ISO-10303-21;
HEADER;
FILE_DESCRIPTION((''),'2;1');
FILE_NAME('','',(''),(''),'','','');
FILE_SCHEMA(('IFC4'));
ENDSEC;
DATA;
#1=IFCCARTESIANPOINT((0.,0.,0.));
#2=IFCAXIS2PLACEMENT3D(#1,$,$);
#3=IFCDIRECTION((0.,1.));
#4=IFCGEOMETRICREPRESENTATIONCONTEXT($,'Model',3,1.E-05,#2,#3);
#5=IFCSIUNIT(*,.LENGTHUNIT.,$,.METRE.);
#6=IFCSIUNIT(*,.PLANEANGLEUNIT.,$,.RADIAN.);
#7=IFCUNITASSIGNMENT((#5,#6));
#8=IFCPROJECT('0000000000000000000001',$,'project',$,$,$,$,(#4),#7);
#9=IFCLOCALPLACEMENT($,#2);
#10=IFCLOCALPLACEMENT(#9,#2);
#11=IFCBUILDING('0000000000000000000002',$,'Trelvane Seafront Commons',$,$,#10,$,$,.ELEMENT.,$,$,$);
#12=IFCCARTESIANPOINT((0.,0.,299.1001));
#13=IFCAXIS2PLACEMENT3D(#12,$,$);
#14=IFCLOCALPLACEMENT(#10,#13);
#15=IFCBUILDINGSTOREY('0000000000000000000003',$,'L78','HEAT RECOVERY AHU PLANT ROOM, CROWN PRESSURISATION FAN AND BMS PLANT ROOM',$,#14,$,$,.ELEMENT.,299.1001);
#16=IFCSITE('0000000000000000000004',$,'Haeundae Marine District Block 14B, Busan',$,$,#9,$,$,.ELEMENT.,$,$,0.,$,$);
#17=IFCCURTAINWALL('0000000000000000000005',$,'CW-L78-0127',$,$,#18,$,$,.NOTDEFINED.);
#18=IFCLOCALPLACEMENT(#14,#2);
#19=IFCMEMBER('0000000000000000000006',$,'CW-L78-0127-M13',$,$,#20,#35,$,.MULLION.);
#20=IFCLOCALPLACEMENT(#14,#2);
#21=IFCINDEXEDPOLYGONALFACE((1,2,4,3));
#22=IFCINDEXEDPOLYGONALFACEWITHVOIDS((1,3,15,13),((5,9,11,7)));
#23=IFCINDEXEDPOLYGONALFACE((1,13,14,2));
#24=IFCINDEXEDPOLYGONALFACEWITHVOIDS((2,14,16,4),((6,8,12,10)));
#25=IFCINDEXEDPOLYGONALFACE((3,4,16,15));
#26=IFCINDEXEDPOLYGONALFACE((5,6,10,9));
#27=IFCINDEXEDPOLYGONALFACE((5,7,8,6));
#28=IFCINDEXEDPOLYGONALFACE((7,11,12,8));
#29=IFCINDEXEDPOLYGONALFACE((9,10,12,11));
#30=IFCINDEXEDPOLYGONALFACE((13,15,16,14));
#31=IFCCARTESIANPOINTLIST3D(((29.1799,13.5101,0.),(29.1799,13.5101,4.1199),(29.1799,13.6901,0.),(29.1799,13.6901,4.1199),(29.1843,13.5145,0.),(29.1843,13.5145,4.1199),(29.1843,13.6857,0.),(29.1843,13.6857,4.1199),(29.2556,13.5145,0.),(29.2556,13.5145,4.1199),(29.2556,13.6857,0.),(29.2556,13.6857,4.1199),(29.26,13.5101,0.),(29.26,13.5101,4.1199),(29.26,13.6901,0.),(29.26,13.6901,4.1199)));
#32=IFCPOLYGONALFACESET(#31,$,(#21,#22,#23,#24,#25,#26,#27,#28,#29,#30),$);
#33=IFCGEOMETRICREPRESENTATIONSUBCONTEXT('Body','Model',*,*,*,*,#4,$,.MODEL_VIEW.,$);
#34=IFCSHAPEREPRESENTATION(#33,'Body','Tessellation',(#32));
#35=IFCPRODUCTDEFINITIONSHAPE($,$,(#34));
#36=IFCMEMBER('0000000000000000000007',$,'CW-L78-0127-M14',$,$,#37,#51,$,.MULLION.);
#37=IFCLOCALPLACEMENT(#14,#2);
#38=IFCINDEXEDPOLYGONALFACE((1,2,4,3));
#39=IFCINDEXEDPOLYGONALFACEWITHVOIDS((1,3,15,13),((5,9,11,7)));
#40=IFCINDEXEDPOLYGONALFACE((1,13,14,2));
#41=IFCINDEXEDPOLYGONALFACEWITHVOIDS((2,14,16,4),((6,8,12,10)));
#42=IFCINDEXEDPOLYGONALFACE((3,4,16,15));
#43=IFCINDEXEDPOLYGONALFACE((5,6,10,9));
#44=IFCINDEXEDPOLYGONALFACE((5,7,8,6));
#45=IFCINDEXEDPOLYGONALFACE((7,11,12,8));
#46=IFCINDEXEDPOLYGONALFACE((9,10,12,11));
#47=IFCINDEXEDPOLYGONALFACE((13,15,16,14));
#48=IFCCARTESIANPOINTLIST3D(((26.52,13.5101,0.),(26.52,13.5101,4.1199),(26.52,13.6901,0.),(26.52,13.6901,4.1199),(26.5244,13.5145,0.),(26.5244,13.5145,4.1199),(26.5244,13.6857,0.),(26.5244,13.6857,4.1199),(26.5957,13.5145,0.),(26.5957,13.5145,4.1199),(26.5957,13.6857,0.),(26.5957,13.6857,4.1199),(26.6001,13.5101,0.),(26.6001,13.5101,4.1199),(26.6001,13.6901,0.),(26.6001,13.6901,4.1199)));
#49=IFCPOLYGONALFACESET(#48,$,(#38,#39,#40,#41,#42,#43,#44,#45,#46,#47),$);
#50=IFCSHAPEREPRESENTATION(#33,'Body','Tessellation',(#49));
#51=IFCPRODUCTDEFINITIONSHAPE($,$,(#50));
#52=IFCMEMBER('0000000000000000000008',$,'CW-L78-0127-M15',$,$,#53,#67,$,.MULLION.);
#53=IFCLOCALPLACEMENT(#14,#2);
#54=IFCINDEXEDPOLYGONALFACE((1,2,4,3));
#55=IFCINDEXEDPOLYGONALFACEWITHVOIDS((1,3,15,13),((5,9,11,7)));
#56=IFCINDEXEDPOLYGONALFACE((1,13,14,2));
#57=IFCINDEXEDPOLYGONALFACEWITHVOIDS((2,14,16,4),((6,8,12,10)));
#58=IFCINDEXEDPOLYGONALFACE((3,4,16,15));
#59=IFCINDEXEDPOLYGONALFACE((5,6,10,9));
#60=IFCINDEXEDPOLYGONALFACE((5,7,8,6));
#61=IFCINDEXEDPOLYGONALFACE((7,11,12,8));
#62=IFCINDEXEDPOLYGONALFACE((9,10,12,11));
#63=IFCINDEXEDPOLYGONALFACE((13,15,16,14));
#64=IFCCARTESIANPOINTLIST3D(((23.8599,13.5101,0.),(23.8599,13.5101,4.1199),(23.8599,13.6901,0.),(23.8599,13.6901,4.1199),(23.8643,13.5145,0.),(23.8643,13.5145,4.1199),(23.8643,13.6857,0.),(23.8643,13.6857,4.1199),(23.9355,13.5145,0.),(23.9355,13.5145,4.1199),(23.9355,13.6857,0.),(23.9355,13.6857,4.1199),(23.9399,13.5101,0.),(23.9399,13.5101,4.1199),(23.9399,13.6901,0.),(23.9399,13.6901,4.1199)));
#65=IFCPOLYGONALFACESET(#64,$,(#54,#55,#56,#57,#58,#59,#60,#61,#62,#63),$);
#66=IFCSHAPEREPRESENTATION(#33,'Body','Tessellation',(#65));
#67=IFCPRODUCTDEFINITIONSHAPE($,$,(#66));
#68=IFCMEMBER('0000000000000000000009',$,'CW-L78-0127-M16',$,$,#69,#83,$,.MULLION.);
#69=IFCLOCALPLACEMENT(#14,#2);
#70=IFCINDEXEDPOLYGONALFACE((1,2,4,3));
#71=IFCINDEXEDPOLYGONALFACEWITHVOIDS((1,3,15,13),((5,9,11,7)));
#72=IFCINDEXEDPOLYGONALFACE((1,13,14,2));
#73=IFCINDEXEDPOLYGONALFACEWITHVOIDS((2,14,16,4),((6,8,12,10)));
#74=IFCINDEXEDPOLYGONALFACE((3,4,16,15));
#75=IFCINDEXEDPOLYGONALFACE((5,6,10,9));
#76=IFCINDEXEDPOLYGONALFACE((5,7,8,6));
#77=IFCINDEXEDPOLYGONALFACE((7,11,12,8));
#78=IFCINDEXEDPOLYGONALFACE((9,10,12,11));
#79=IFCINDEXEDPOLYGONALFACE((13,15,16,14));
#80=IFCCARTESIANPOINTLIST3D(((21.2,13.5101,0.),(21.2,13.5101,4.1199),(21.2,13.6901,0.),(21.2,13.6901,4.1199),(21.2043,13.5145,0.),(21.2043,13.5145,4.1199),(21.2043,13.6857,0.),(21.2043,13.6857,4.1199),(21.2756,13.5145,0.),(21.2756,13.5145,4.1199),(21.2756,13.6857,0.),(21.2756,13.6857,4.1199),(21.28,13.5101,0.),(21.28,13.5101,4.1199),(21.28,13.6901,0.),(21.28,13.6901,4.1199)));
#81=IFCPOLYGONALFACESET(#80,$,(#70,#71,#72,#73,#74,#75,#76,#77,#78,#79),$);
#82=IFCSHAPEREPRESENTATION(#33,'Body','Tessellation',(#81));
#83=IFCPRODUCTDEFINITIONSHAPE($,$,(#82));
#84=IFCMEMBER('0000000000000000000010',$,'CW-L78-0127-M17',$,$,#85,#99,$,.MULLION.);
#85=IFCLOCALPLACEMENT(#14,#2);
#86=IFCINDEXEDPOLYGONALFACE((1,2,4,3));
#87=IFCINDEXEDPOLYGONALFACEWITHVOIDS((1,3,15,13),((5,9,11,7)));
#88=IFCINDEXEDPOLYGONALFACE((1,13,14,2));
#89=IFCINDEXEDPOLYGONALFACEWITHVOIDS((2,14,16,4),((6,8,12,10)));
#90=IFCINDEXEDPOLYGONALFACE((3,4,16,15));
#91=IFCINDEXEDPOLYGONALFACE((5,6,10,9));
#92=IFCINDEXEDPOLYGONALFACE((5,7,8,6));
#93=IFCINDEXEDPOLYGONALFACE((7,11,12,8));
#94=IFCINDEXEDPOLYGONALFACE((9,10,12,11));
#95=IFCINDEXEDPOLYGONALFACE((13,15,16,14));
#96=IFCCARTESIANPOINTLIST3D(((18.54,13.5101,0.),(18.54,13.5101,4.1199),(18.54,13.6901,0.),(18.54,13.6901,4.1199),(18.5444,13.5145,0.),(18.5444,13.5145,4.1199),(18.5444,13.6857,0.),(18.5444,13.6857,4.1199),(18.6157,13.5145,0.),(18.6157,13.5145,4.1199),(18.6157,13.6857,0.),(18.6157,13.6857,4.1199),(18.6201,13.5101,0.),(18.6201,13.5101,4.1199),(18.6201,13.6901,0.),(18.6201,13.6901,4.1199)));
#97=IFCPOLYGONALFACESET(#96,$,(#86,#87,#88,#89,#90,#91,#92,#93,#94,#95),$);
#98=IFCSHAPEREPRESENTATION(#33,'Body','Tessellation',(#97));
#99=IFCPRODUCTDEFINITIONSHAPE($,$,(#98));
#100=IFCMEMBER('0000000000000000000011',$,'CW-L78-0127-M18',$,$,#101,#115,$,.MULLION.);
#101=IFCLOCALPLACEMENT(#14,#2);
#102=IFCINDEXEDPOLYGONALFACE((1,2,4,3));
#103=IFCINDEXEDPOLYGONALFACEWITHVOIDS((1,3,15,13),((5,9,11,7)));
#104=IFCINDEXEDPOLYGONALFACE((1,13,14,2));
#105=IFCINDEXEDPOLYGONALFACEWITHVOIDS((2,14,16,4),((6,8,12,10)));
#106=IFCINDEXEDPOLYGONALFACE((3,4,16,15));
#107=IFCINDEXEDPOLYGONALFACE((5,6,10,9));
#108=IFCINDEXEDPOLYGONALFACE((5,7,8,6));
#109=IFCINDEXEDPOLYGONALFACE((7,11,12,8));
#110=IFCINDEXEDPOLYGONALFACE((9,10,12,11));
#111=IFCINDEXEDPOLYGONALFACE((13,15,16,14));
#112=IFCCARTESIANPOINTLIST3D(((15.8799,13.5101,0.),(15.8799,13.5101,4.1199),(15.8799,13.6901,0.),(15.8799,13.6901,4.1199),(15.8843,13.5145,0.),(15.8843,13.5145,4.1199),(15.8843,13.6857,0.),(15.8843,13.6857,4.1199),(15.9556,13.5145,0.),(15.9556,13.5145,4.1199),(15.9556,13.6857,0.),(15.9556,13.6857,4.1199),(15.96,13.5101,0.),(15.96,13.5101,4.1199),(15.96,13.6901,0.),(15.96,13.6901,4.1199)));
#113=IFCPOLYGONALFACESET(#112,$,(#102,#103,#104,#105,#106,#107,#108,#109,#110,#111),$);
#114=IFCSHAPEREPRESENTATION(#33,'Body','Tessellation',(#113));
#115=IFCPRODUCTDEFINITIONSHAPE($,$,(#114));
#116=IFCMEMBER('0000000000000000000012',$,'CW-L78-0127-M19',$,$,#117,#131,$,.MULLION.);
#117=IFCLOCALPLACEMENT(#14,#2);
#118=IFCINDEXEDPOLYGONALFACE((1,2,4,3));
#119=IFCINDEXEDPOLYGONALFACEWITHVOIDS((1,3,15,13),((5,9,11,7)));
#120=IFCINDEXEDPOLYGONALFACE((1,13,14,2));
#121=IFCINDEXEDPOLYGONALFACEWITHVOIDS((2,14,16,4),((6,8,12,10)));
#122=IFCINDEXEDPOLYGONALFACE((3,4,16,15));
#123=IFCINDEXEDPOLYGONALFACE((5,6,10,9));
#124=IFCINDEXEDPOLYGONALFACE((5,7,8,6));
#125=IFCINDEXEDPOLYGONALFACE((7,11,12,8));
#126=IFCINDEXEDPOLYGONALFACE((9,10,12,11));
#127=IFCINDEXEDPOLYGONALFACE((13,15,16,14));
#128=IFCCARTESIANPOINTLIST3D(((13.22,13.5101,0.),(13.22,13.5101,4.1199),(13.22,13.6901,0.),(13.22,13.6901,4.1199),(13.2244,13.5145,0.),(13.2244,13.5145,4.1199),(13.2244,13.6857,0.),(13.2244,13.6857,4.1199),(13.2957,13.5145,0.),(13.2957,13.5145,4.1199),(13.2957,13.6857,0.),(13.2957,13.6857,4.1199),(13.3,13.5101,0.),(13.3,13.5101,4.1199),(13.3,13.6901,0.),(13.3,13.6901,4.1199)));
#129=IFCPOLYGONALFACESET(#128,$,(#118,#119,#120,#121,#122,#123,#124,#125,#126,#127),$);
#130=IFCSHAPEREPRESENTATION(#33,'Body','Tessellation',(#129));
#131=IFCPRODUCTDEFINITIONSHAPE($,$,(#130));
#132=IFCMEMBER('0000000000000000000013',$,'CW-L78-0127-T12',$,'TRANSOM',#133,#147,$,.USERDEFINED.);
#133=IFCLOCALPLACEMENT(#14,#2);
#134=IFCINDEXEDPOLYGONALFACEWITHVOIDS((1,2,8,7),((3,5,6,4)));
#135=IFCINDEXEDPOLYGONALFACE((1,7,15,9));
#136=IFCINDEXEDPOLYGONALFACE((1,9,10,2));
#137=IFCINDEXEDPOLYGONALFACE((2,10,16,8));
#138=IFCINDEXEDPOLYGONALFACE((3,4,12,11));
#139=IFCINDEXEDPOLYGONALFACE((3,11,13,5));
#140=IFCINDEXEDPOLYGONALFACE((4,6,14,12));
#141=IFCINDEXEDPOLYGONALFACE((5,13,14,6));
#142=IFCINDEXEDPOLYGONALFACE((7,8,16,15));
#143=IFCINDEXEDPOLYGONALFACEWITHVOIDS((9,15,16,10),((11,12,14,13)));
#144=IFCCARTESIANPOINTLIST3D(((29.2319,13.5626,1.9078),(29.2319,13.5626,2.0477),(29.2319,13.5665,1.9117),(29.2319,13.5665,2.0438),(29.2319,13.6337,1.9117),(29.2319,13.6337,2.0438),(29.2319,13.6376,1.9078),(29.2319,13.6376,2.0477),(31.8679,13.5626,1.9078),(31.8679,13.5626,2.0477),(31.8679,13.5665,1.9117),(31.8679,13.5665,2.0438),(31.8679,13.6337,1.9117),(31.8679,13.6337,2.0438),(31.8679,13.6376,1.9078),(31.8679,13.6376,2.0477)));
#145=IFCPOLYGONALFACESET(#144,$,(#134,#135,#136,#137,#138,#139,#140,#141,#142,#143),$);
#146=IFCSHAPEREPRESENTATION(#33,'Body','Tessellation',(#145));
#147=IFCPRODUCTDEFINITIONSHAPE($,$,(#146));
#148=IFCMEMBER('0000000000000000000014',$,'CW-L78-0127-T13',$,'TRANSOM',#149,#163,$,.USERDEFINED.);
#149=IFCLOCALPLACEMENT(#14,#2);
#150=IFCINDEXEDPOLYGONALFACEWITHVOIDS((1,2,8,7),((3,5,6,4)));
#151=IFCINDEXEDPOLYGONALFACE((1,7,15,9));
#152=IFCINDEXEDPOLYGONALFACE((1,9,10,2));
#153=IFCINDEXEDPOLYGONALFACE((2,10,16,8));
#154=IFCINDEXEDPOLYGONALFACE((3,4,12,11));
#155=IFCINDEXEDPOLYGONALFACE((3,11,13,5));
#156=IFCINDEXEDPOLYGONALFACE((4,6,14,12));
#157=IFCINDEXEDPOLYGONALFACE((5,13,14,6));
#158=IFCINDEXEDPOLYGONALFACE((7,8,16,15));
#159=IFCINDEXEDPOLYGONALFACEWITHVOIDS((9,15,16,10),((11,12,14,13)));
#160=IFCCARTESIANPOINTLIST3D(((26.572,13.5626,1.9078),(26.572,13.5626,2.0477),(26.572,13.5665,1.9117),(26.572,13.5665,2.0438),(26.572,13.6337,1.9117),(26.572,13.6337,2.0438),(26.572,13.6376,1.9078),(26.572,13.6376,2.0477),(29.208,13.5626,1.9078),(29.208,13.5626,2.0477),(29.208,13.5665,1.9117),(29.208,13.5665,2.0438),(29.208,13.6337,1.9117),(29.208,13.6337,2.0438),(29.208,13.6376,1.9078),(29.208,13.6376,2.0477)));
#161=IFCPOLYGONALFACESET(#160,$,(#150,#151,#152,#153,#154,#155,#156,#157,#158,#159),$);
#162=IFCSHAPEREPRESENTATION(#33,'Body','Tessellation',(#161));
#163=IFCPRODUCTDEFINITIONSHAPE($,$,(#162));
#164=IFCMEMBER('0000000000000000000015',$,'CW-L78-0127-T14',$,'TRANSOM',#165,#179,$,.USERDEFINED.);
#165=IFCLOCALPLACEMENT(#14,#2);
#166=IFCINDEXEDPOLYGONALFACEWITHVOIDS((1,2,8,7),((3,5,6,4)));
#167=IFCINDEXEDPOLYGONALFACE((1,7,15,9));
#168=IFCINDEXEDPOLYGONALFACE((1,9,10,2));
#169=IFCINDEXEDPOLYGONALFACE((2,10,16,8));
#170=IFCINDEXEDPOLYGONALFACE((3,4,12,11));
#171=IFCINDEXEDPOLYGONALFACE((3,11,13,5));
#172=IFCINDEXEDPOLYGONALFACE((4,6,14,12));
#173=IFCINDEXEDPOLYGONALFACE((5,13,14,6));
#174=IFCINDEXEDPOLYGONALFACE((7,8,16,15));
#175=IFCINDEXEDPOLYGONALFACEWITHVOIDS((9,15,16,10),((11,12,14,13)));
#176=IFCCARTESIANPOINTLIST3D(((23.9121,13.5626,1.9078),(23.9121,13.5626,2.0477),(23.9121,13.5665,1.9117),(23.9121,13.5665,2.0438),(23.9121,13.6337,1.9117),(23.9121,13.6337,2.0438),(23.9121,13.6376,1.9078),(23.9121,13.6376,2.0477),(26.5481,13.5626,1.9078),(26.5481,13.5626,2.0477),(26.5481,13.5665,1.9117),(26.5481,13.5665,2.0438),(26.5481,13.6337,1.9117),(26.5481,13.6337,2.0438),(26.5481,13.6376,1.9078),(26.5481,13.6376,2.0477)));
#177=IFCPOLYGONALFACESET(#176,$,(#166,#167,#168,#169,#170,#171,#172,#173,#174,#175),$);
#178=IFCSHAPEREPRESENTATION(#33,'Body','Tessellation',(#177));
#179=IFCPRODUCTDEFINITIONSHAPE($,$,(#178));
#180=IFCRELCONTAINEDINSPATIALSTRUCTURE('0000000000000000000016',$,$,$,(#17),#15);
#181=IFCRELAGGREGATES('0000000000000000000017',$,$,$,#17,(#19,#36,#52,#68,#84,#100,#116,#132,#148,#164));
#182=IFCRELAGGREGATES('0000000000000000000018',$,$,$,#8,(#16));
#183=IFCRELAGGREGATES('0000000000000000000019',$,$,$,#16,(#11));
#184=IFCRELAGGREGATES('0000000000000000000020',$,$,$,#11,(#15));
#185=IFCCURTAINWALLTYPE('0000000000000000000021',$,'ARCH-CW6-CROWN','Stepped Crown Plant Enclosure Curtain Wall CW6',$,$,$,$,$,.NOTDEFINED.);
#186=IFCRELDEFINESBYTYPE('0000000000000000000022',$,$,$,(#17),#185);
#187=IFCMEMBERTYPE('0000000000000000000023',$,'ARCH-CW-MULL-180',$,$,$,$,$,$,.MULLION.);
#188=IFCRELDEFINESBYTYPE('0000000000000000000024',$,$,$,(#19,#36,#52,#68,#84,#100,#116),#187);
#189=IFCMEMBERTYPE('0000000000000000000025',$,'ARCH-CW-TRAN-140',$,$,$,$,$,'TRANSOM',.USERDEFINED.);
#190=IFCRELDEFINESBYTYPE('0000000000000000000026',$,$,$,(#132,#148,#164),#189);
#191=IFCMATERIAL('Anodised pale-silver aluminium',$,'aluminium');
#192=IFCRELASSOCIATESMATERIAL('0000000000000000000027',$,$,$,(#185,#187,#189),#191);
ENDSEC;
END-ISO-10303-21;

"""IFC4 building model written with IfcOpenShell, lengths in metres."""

from ifc_helpers import new_model, si_unit, direction, frame, origin, origin_2d, place, context, subcontext, project, spatial, hollow_rectangle, extrude, source, transform, mapped, material, material_profile, profile_set, type_object, element, aggregate, save


model = new_model("IFC4")

# Units and contexts
model_context = context("Model", 3, precision=1e-05, world=origin(), true_north=direction((0.0, 1.0)))
body_context = subcontext(model_context, "Body", "Model", "MODEL_VIEW")
ifc_project = project(units=[si_unit("LENGTHUNIT", "METRE"), si_unit("PLANEANGLEUNIT", "RADIAN")], contexts=[model_context])

# Site, building, storey
site_placement = place(None, origin())
site = spatial("IfcSite", under=ifc_project, at=site_placement, Name="Haeundae Marine District Block 14B, Busan", CompositionType="ELEMENT", RefElevation=0.0)
building_placement = place(site_placement, origin())
building = spatial("IfcBuilding", under=site, at=building_placement, Name="Trelvane Seafront Commons", CompositionType="ELEMENT")
storey_placement = place(building_placement, frame((0.0, 0.0, 299.1001)))
storey = spatial("IfcBuildingStorey", under=building, at=storey_placement, Name="L78", Description="HEAT RECOVERY AHU PLANT ROOM, CROWN PRESSURISATION FAN AND BMS PLANT ROOM", CompositionType="ELEMENT", Elevation=299.1001)

# Curtain wall, members
ifc_material_1 = material(Name="Anodised pale-silver aluminium", Category="aluminium")
curtain_wall_type = type_object("IfcCurtainWallType", Name="ARCH-CW6-CROWN", Description="Stepped Crown Plant Enclosure Curtain Wall CW6", PredefinedType="NOTDEFINED", material=ifc_material_1)
curtain_wall_placement = place(storey_placement, origin())
curtain_wall = element("IfcCurtainWall", 1, at=curtain_wall_placement, inside=storey, type_object=curtain_wall_type, Name="CW-L78-0127", PredefinedType="NOTDEFINED")
ifc_material_profile_1 = material_profile(ifc_material_1, hollow_rectangle(XDim=0.0801, YDim=0.1799, WallThickness=0.0044, at=origin_2d()), Name="MULL-80x180x4.5")
ifc_profile_set_1 = profile_set([ifc_material_profile_1], Name="Anodised pale-silver aluminium")
member_type_1 = type_object("IfcMemberType", Name="ARCH-CW-MULL-180", PredefinedType="MULLION", material=ifc_profile_set_1)
shared_shape_1 = source(origin(), body_context, "Body", "SweptSolid", [
    extrude(hollow_rectangle(XDim=0.0801, YDim=0.1799, WallThickness=0.0044, at=origin_2d()), origin(), (0.0, 0.0, 1.0), 4.1199),
])
member_1_placement = place(storey_placement, frame((29.22, 13.6001, 0.0), z_axis=(0.0, 0.0, 1.0), x_axis=(1.0, 0.0, 0.0)))
member_1 = element("IfcMember", 2, at=member_1_placement, type_object=member_type_1, Name="CW-L78-0127-M13", PredefinedType="MULLION", context=body_context, shape_type="MappedRepresentation", body=[
    mapped(shared_shape_1, transform((0.0, 0.0, 0.0), x_axis=(1.0, 0.0, 0.0), y_axis=(0.0, 1.0, 0.0), z_axis=(0.0, 0.0, 1.0), scale=1.0)),
])
member_2_placement = place(storey_placement, frame((26.5601, 13.6001, 0.0), z_axis=(0.0, 0.0, 1.0), x_axis=(1.0, 0.0, 0.0)))
member_2 = element("IfcMember", 3, at=member_2_placement, type_object=member_type_1, Name="CW-L78-0127-M14", PredefinedType="MULLION", context=body_context, shape_type="MappedRepresentation", body=[
    mapped(shared_shape_1, transform((0.0, 0.0, 0.0), x_axis=(1.0, 0.0, 0.0), y_axis=(0.0, 1.0, 0.0), z_axis=(0.0, 0.0, 1.0), scale=1.0)),
])
member_3_placement = place(storey_placement, frame((23.8999, 13.6001, 0.0), z_axis=(0.0, 0.0, 1.0), x_axis=(1.0, 0.0, 0.0)))
member_3 = element("IfcMember", 4, at=member_3_placement, type_object=member_type_1, Name="CW-L78-0127-M15", PredefinedType="MULLION", context=body_context, shape_type="MappedRepresentation", body=[
    mapped(shared_shape_1, transform((0.0, 0.0, 0.0), x_axis=(1.0, 0.0, 0.0), y_axis=(0.0, 1.0, 0.0), z_axis=(0.0, 0.0, 1.0), scale=1.0)),
])
member_4_placement = place(storey_placement, frame((21.24, 13.6001, 0.0), z_axis=(0.0, 0.0, 1.0), x_axis=(1.0, 0.0, 0.0)))
member_4 = element("IfcMember", 5, at=member_4_placement, type_object=member_type_1, Name="CW-L78-0127-M16", PredefinedType="MULLION", context=body_context, shape_type="MappedRepresentation", body=[
    mapped(shared_shape_1, transform((0.0, 0.0, 0.0), x_axis=(1.0, 0.0, 0.0), y_axis=(0.0, 1.0, 0.0), z_axis=(0.0, 0.0, 1.0), scale=1.0)),
])
member_5_placement = place(storey_placement, frame((18.5801, 13.6001, 0.0), z_axis=(0.0, 0.0, 1.0), x_axis=(1.0, 0.0, 0.0)))
member_5 = element("IfcMember", 6, at=member_5_placement, type_object=member_type_1, Name="CW-L78-0127-M17", PredefinedType="MULLION", context=body_context, shape_type="MappedRepresentation", body=[
    mapped(shared_shape_1, transform((0.0, 0.0, 0.0), x_axis=(1.0, 0.0, 0.0), y_axis=(0.0, 1.0, 0.0), z_axis=(0.0, 0.0, 1.0), scale=1.0)),
])
member_6_placement = place(storey_placement, frame((15.9199, 13.6001, 0.0), z_axis=(0.0, 0.0, 1.0), x_axis=(1.0, 0.0, 0.0)))
member_6 = element("IfcMember", 7, at=member_6_placement, type_object=member_type_1, Name="CW-L78-0127-M18", PredefinedType="MULLION", context=body_context, shape_type="MappedRepresentation", body=[
    mapped(shared_shape_1, transform((0.0, 0.0, 0.0), x_axis=(1.0, 0.0, 0.0), y_axis=(0.0, 1.0, 0.0), z_axis=(0.0, 0.0, 1.0), scale=1.0)),
])
member_7_placement = place(storey_placement, frame((13.26, 13.6001, 0.0), z_axis=(0.0, 0.0, 1.0), x_axis=(1.0, 0.0, 0.0)))
member_7 = element("IfcMember", 8, at=member_7_placement, type_object=member_type_1, Name="CW-L78-0127-M19", PredefinedType="MULLION", context=body_context, shape_type="MappedRepresentation", body=[
    mapped(shared_shape_1, transform((0.0, 0.0, 0.0), x_axis=(1.0, 0.0, 0.0), y_axis=(0.0, 1.0, 0.0), z_axis=(0.0, 0.0, 1.0), scale=1.0)),
])
ifc_material_profile_2 = material_profile(ifc_material_1, hollow_rectangle(XDim=0.075, YDim=0.1399, WallThickness=0.0039, at=origin_2d()), Name="TRAN-75x140x4")
ifc_profile_set_2 = profile_set([ifc_material_profile_2], Name="Anodised pale-silver aluminium")
member_type_2 = type_object("IfcMemberType", Name="ARCH-CW-TRAN-140", ElementType="TRANSOM", PredefinedType="USERDEFINED", material=ifc_profile_set_2)
shared_shape_2 = source(origin(), body_context, "Body", "SweptSolid", [
    extrude(hollow_rectangle(XDim=0.075, YDim=0.1399, WallThickness=0.0039, at=origin_2d()), origin(), (0.0, 0.0, 1.0), 2.636),
])
member_8_placement = place(storey_placement, frame((31.8679, 13.6001, 1.9778), z_axis=(-1.0, 0.0, 0.0), x_axis=(0.0, -1.0, 0.0)))
member_8 = element("IfcMember", 9, at=member_8_placement, type_object=member_type_2, Name="CW-L78-0127-T12", ObjectType="TRANSOM", PredefinedType="USERDEFINED", context=body_context, shape_type="MappedRepresentation", body=[
    mapped(shared_shape_2, transform((0.0, 0.0, 0.0), x_axis=(1.0, 0.0, 0.0), y_axis=(0.0, 1.0, 0.0), z_axis=(0.0, 0.0, 1.0), scale=1.0)),
])
member_9_placement = place(storey_placement, frame((29.208, 13.6001, 1.9778), z_axis=(-1.0, 0.0, 0.0), x_axis=(0.0, -1.0, 0.0)))
member_9 = element("IfcMember", 10, at=member_9_placement, type_object=member_type_2, Name="CW-L78-0127-T13", ObjectType="TRANSOM", PredefinedType="USERDEFINED", context=body_context, shape_type="MappedRepresentation", body=[
    mapped(shared_shape_2, transform((0.0, 0.0, 0.0), x_axis=(1.0, 0.0, 0.0), y_axis=(0.0, 1.0, 0.0), z_axis=(0.0, 0.0, 1.0), scale=1.0)),
])
member_10_placement = place(storey_placement, frame((26.5481, 13.6001, 1.9778), z_axis=(-1.0, 0.0, 0.0), x_axis=(0.0, -1.0, 0.0)))
member_10 = element("IfcMember", 11, at=member_10_placement, type_object=member_type_2, Name="CW-L78-0127-T14", ObjectType="TRANSOM", PredefinedType="USERDEFINED", context=body_context, shape_type="MappedRepresentation", body=[
    mapped(shared_shape_2, transform((0.0, 0.0, 0.0), x_axis=(1.0, 0.0, 0.0), y_axis=(0.0, 1.0, 0.0), z_axis=(0.0, 0.0, 1.0), scale=1.0)),
])
aggregate(curtain_wall, [member_1, member_2, member_3, member_4, member_5, member_6, member_7, member_8, member_9, member_10])

save(model, "model.ifc")
